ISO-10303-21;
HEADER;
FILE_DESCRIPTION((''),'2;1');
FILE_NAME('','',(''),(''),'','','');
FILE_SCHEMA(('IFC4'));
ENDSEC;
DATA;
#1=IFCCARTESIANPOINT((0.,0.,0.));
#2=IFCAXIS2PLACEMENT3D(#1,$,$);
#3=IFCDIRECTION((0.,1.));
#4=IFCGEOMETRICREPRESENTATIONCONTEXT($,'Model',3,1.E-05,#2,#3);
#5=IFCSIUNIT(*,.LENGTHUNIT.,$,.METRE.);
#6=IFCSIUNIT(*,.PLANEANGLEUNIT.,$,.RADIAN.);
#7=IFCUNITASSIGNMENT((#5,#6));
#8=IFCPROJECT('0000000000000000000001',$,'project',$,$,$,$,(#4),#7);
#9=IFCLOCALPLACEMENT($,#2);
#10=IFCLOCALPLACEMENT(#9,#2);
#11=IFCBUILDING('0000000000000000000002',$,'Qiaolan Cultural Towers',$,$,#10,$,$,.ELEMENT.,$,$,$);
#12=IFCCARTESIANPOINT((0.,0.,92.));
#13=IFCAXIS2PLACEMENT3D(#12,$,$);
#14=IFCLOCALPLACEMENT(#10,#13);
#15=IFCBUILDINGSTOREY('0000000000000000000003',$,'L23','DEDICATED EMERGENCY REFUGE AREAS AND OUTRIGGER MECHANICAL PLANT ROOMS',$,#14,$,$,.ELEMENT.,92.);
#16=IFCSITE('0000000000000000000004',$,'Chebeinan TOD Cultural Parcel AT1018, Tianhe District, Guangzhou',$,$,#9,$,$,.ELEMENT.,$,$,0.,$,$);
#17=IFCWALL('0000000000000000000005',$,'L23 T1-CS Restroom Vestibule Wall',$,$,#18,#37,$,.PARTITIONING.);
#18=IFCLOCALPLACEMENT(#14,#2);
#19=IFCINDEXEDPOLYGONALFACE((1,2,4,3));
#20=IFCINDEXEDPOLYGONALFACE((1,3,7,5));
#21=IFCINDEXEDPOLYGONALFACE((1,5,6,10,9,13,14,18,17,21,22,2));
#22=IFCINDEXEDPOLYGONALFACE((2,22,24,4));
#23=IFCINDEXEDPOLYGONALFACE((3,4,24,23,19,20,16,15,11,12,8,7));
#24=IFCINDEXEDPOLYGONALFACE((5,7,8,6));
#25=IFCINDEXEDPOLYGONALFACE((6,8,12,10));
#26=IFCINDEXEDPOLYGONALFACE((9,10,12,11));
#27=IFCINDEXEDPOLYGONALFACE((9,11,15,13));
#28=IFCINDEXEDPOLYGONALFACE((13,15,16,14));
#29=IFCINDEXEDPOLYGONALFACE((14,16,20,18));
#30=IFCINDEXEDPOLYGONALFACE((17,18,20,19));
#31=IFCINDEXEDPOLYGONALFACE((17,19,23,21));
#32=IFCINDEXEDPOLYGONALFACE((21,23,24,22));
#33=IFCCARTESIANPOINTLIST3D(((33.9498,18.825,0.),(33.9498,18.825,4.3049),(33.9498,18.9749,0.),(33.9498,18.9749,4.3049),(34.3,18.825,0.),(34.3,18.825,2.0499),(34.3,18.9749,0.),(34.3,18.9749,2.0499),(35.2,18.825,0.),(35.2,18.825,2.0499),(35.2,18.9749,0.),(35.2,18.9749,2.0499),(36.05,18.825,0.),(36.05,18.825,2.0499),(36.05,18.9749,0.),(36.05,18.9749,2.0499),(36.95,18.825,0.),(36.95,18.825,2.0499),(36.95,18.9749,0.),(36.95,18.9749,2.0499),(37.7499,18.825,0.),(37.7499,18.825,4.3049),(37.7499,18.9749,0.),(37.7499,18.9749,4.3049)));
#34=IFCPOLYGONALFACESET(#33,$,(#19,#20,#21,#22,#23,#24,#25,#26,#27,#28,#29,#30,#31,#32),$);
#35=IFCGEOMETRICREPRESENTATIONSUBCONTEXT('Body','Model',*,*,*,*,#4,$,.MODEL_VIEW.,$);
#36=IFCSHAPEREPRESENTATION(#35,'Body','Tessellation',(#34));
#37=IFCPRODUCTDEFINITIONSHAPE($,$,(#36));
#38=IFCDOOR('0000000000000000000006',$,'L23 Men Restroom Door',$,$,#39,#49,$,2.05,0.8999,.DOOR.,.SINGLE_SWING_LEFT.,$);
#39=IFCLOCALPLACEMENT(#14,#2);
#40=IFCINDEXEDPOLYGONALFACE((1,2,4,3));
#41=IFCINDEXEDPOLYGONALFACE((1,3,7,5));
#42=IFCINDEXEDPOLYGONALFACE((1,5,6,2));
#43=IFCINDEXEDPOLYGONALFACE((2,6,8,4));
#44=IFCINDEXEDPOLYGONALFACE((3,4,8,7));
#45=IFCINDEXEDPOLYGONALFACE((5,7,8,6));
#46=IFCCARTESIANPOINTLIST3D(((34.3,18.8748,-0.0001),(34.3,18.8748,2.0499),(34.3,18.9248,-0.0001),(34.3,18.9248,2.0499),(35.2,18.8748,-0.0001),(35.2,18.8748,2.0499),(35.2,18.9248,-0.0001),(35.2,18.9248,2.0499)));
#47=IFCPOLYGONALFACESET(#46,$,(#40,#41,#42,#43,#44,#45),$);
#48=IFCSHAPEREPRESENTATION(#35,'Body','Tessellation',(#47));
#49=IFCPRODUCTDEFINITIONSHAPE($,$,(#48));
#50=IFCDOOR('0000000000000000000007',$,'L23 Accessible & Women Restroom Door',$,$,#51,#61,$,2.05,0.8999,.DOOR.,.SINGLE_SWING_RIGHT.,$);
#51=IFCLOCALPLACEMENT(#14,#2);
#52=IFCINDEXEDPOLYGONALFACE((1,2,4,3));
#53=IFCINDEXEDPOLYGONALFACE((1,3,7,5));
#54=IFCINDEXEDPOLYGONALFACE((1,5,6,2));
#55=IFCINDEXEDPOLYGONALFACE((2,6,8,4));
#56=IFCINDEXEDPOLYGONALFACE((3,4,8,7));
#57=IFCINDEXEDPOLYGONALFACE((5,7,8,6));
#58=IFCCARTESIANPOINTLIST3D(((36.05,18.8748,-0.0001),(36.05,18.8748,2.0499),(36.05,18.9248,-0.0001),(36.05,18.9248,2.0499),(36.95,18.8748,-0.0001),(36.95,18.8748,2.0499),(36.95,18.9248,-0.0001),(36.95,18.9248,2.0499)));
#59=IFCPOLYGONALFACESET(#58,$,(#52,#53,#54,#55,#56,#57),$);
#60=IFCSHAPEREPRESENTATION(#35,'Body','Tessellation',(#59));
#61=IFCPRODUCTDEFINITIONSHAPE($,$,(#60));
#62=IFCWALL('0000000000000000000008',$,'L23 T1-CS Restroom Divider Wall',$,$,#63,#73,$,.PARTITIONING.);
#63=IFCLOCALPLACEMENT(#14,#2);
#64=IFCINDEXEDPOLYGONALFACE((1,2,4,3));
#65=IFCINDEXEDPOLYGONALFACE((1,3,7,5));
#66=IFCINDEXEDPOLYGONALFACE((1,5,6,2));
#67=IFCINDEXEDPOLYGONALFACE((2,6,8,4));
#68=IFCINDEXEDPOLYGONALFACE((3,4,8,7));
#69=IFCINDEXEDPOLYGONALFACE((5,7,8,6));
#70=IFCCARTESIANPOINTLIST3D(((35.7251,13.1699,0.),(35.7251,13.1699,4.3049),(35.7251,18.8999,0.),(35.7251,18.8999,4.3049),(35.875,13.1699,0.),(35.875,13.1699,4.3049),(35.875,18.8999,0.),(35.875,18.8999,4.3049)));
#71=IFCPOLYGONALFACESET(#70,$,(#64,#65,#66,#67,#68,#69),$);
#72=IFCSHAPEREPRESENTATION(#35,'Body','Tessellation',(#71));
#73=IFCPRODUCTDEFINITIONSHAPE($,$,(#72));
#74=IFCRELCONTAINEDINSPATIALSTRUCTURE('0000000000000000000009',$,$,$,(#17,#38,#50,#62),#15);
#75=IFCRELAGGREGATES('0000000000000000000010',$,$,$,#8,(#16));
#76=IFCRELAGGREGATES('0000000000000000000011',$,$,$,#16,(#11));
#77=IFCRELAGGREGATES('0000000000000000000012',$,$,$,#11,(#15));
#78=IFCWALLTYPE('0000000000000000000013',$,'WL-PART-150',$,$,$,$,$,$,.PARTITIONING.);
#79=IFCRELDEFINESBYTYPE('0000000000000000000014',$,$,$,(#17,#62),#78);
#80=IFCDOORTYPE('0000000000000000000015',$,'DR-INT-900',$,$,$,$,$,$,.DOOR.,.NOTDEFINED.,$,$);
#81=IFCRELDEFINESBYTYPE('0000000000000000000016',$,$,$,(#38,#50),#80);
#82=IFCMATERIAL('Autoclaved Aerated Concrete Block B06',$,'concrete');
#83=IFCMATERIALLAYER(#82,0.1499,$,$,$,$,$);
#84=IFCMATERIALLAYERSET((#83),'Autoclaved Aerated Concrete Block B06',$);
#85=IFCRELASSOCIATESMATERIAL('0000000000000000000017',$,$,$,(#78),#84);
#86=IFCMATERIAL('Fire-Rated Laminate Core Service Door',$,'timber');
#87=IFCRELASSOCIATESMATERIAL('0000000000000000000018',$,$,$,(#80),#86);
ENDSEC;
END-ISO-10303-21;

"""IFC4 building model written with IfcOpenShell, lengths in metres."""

from ifc_helpers import new_model, si_unit, direction, frame, frame_2d, origin, place, context, subcontext, project, spatial, rectangle, extrude, material, layer, layer_set, type_object, element, fill, save


model = new_model("IFC4")

# Units and contexts
model_context = context("Model", 3, precision=1e-05, world=origin(), true_north=direction((0.0, 1.0)))
body_context = subcontext(model_context, "Body", "Model", "MODEL_VIEW")
ifc_project = project(units=[si_unit("LENGTHUNIT", "METRE"), si_unit("PLANEANGLEUNIT", "RADIAN")], contexts=[model_context])

# Site, building, storey
site_placement = place(None, origin())
site = spatial("IfcSite", under=ifc_project, at=site_placement, Name="Chebeinan TOD Cultural Parcel AT1018, Tianhe District, Guangzhou", CompositionType="ELEMENT", RefElevation=0.0)
building_placement = place(site_placement, origin())
building = spatial("IfcBuilding", under=site, at=building_placement, Name="Qiaolan Cultural Towers", CompositionType="ELEMENT")
storey_placement = place(building_placement, frame((0.0, 0.0, 92.0)))
storey = spatial("IfcBuildingStorey", under=building, at=storey_placement, Name="L23", Description="DEDICATED EMERGENCY REFUGE AREAS AND OUTRIGGER MECHANICAL PLANT ROOMS", CompositionType="ELEMENT", Elevation=92.0)

# Shared definitions
ifc_material_1 = material(Name="Autoclaved Aerated Concrete Block B06", Category="concrete")
ifc_layer_1 = layer(ifc_material_1, 0.1499)
ifc_layer_set_1 = layer_set([ifc_layer_1], Name="Autoclaved Aerated Concrete Block B06")
wall_type_1 = type_object("IfcWallType", Name="WL-PART-150", PredefinedType="PARTITIONING", material=ifc_layer_set_1)

# Wall, openings, doors
wall_1_placement = place(storey_placement, frame((33.95, 18.8999, 0.0), z_axis=(0.0, 0.0, 1.0), x_axis=(1.0, 0.0, 0.0)))
wall_1 = element("IfcWall", 1, at=wall_1_placement, inside=storey, type_object=wall_type_1, Name="L23 T1-CS Restroom Vestibule Wall", PredefinedType="PARTITIONING", context=body_context, shape_type="SweptSolid", body=[
    extrude(rectangle(XDim=3.8, YDim=0.1499, at=frame_2d((1.8999, 0.0))), origin(), (0.0, 0.0, 1.0), 4.3049),
])
opening_1_placement = place(wall_1_placement, frame((0.3501, 0.0, 0.0)))
opening_1 = element("IfcOpeningElement", 2, at=opening_1_placement, cuts=wall_1, PredefinedType="OPENING", context=body_context, shape_type="SweptSolid", body=[
    extrude(rectangle(XDim=0.8999, YDim=2.05, at=frame_2d((0.45, 1.0249))), frame((0.0, 0.085, 0.0), z_axis=(0.0, -1.0, 0.0), x_axis=(1.0, 0.0, 0.0)), (0.0, 0.0, 1.0), 0.1699),
])
opening_2_placement = place(wall_1_placement, frame((2.1001, 0.0, 0.0)))
opening_2 = element("IfcOpeningElement", 3, at=opening_2_placement, cuts=wall_1, PredefinedType="OPENING", context=body_context, shape_type="SweptSolid", body=[
    extrude(rectangle(XDim=0.8999, YDim=2.05, at=frame_2d((0.45, 1.0249))), frame((0.0, 0.085, 0.0), z_axis=(0.0, -1.0, 0.0), x_axis=(1.0, 0.0, 0.0)), (0.0, 0.0, 1.0), 0.1699),
])
ifc_material_2 = material(Name="Fire-Rated Laminate Core Service Door", Category="timber")
door_type_1 = type_object("IfcDoorType", Name="DR-INT-900", OperationType="NOTDEFINED", PredefinedType="DOOR", material=ifc_material_2)
door_1_placement = place(opening_1_placement, origin())
door_1 = element("IfcDoor", 4, at=door_1_placement, inside=storey, type_object=door_type_1, Name="L23 Men Restroom Door", OperationType="SINGLE_SWING_LEFT", OverallHeight=2.05, OverallWidth=0.8999, PredefinedType="DOOR", context=body_context, shape_type="SweptSolid", body=[
    extrude(rectangle(XDim=0.8999, YDim=2.05, at=frame_2d((0.45, 1.0249))), frame((0.0, 0.0249, 0.0), z_axis=(0.0, -1.0, 0.0), x_axis=(1.0, 0.0, 0.0)), (0.0, 0.0, 1.0), 0.05),
])
fill(opening_1, door_1)
door_2_placement = place(opening_2_placement, origin())
door_2 = element("IfcDoor", 5, at=door_2_placement, inside=storey, type_object=door_type_1, Name="L23 Accessible & Women Restroom Door", OperationType="SINGLE_SWING_RIGHT", OverallHeight=2.05, OverallWidth=0.8999, PredefinedType="DOOR", context=body_context, shape_type="SweptSolid", body=[
    extrude(rectangle(XDim=0.8999, YDim=2.05, at=frame_2d((0.45, 1.0249))), frame((0.0, 0.0249, 0.0), z_axis=(0.0, -1.0, 0.0), x_axis=(1.0, 0.0, 0.0)), (0.0, 0.0, 1.0), 0.05),
])
fill(opening_2, door_2)

# Wall
wall_2_placement = place(storey_placement, frame((35.8, 18.8999, 0.0), z_axis=(0.0, 0.0, 1.0), x_axis=(0.0, -1.0, 0.0)))
element("IfcWall", 6, at=wall_2_placement, inside=storey, type_object=wall_type_1, Name="L23 T1-CS Restroom Divider Wall", PredefinedType="PARTITIONING", context=body_context, shape_type="SweptSolid", body=[
    extrude(rectangle(XDim=5.73, YDim=0.1499, at=frame_2d((2.865, 0.0))), origin(), (0.0, 0.0, 1.0), 4.3049),
])

save(model, "model.ifc")
